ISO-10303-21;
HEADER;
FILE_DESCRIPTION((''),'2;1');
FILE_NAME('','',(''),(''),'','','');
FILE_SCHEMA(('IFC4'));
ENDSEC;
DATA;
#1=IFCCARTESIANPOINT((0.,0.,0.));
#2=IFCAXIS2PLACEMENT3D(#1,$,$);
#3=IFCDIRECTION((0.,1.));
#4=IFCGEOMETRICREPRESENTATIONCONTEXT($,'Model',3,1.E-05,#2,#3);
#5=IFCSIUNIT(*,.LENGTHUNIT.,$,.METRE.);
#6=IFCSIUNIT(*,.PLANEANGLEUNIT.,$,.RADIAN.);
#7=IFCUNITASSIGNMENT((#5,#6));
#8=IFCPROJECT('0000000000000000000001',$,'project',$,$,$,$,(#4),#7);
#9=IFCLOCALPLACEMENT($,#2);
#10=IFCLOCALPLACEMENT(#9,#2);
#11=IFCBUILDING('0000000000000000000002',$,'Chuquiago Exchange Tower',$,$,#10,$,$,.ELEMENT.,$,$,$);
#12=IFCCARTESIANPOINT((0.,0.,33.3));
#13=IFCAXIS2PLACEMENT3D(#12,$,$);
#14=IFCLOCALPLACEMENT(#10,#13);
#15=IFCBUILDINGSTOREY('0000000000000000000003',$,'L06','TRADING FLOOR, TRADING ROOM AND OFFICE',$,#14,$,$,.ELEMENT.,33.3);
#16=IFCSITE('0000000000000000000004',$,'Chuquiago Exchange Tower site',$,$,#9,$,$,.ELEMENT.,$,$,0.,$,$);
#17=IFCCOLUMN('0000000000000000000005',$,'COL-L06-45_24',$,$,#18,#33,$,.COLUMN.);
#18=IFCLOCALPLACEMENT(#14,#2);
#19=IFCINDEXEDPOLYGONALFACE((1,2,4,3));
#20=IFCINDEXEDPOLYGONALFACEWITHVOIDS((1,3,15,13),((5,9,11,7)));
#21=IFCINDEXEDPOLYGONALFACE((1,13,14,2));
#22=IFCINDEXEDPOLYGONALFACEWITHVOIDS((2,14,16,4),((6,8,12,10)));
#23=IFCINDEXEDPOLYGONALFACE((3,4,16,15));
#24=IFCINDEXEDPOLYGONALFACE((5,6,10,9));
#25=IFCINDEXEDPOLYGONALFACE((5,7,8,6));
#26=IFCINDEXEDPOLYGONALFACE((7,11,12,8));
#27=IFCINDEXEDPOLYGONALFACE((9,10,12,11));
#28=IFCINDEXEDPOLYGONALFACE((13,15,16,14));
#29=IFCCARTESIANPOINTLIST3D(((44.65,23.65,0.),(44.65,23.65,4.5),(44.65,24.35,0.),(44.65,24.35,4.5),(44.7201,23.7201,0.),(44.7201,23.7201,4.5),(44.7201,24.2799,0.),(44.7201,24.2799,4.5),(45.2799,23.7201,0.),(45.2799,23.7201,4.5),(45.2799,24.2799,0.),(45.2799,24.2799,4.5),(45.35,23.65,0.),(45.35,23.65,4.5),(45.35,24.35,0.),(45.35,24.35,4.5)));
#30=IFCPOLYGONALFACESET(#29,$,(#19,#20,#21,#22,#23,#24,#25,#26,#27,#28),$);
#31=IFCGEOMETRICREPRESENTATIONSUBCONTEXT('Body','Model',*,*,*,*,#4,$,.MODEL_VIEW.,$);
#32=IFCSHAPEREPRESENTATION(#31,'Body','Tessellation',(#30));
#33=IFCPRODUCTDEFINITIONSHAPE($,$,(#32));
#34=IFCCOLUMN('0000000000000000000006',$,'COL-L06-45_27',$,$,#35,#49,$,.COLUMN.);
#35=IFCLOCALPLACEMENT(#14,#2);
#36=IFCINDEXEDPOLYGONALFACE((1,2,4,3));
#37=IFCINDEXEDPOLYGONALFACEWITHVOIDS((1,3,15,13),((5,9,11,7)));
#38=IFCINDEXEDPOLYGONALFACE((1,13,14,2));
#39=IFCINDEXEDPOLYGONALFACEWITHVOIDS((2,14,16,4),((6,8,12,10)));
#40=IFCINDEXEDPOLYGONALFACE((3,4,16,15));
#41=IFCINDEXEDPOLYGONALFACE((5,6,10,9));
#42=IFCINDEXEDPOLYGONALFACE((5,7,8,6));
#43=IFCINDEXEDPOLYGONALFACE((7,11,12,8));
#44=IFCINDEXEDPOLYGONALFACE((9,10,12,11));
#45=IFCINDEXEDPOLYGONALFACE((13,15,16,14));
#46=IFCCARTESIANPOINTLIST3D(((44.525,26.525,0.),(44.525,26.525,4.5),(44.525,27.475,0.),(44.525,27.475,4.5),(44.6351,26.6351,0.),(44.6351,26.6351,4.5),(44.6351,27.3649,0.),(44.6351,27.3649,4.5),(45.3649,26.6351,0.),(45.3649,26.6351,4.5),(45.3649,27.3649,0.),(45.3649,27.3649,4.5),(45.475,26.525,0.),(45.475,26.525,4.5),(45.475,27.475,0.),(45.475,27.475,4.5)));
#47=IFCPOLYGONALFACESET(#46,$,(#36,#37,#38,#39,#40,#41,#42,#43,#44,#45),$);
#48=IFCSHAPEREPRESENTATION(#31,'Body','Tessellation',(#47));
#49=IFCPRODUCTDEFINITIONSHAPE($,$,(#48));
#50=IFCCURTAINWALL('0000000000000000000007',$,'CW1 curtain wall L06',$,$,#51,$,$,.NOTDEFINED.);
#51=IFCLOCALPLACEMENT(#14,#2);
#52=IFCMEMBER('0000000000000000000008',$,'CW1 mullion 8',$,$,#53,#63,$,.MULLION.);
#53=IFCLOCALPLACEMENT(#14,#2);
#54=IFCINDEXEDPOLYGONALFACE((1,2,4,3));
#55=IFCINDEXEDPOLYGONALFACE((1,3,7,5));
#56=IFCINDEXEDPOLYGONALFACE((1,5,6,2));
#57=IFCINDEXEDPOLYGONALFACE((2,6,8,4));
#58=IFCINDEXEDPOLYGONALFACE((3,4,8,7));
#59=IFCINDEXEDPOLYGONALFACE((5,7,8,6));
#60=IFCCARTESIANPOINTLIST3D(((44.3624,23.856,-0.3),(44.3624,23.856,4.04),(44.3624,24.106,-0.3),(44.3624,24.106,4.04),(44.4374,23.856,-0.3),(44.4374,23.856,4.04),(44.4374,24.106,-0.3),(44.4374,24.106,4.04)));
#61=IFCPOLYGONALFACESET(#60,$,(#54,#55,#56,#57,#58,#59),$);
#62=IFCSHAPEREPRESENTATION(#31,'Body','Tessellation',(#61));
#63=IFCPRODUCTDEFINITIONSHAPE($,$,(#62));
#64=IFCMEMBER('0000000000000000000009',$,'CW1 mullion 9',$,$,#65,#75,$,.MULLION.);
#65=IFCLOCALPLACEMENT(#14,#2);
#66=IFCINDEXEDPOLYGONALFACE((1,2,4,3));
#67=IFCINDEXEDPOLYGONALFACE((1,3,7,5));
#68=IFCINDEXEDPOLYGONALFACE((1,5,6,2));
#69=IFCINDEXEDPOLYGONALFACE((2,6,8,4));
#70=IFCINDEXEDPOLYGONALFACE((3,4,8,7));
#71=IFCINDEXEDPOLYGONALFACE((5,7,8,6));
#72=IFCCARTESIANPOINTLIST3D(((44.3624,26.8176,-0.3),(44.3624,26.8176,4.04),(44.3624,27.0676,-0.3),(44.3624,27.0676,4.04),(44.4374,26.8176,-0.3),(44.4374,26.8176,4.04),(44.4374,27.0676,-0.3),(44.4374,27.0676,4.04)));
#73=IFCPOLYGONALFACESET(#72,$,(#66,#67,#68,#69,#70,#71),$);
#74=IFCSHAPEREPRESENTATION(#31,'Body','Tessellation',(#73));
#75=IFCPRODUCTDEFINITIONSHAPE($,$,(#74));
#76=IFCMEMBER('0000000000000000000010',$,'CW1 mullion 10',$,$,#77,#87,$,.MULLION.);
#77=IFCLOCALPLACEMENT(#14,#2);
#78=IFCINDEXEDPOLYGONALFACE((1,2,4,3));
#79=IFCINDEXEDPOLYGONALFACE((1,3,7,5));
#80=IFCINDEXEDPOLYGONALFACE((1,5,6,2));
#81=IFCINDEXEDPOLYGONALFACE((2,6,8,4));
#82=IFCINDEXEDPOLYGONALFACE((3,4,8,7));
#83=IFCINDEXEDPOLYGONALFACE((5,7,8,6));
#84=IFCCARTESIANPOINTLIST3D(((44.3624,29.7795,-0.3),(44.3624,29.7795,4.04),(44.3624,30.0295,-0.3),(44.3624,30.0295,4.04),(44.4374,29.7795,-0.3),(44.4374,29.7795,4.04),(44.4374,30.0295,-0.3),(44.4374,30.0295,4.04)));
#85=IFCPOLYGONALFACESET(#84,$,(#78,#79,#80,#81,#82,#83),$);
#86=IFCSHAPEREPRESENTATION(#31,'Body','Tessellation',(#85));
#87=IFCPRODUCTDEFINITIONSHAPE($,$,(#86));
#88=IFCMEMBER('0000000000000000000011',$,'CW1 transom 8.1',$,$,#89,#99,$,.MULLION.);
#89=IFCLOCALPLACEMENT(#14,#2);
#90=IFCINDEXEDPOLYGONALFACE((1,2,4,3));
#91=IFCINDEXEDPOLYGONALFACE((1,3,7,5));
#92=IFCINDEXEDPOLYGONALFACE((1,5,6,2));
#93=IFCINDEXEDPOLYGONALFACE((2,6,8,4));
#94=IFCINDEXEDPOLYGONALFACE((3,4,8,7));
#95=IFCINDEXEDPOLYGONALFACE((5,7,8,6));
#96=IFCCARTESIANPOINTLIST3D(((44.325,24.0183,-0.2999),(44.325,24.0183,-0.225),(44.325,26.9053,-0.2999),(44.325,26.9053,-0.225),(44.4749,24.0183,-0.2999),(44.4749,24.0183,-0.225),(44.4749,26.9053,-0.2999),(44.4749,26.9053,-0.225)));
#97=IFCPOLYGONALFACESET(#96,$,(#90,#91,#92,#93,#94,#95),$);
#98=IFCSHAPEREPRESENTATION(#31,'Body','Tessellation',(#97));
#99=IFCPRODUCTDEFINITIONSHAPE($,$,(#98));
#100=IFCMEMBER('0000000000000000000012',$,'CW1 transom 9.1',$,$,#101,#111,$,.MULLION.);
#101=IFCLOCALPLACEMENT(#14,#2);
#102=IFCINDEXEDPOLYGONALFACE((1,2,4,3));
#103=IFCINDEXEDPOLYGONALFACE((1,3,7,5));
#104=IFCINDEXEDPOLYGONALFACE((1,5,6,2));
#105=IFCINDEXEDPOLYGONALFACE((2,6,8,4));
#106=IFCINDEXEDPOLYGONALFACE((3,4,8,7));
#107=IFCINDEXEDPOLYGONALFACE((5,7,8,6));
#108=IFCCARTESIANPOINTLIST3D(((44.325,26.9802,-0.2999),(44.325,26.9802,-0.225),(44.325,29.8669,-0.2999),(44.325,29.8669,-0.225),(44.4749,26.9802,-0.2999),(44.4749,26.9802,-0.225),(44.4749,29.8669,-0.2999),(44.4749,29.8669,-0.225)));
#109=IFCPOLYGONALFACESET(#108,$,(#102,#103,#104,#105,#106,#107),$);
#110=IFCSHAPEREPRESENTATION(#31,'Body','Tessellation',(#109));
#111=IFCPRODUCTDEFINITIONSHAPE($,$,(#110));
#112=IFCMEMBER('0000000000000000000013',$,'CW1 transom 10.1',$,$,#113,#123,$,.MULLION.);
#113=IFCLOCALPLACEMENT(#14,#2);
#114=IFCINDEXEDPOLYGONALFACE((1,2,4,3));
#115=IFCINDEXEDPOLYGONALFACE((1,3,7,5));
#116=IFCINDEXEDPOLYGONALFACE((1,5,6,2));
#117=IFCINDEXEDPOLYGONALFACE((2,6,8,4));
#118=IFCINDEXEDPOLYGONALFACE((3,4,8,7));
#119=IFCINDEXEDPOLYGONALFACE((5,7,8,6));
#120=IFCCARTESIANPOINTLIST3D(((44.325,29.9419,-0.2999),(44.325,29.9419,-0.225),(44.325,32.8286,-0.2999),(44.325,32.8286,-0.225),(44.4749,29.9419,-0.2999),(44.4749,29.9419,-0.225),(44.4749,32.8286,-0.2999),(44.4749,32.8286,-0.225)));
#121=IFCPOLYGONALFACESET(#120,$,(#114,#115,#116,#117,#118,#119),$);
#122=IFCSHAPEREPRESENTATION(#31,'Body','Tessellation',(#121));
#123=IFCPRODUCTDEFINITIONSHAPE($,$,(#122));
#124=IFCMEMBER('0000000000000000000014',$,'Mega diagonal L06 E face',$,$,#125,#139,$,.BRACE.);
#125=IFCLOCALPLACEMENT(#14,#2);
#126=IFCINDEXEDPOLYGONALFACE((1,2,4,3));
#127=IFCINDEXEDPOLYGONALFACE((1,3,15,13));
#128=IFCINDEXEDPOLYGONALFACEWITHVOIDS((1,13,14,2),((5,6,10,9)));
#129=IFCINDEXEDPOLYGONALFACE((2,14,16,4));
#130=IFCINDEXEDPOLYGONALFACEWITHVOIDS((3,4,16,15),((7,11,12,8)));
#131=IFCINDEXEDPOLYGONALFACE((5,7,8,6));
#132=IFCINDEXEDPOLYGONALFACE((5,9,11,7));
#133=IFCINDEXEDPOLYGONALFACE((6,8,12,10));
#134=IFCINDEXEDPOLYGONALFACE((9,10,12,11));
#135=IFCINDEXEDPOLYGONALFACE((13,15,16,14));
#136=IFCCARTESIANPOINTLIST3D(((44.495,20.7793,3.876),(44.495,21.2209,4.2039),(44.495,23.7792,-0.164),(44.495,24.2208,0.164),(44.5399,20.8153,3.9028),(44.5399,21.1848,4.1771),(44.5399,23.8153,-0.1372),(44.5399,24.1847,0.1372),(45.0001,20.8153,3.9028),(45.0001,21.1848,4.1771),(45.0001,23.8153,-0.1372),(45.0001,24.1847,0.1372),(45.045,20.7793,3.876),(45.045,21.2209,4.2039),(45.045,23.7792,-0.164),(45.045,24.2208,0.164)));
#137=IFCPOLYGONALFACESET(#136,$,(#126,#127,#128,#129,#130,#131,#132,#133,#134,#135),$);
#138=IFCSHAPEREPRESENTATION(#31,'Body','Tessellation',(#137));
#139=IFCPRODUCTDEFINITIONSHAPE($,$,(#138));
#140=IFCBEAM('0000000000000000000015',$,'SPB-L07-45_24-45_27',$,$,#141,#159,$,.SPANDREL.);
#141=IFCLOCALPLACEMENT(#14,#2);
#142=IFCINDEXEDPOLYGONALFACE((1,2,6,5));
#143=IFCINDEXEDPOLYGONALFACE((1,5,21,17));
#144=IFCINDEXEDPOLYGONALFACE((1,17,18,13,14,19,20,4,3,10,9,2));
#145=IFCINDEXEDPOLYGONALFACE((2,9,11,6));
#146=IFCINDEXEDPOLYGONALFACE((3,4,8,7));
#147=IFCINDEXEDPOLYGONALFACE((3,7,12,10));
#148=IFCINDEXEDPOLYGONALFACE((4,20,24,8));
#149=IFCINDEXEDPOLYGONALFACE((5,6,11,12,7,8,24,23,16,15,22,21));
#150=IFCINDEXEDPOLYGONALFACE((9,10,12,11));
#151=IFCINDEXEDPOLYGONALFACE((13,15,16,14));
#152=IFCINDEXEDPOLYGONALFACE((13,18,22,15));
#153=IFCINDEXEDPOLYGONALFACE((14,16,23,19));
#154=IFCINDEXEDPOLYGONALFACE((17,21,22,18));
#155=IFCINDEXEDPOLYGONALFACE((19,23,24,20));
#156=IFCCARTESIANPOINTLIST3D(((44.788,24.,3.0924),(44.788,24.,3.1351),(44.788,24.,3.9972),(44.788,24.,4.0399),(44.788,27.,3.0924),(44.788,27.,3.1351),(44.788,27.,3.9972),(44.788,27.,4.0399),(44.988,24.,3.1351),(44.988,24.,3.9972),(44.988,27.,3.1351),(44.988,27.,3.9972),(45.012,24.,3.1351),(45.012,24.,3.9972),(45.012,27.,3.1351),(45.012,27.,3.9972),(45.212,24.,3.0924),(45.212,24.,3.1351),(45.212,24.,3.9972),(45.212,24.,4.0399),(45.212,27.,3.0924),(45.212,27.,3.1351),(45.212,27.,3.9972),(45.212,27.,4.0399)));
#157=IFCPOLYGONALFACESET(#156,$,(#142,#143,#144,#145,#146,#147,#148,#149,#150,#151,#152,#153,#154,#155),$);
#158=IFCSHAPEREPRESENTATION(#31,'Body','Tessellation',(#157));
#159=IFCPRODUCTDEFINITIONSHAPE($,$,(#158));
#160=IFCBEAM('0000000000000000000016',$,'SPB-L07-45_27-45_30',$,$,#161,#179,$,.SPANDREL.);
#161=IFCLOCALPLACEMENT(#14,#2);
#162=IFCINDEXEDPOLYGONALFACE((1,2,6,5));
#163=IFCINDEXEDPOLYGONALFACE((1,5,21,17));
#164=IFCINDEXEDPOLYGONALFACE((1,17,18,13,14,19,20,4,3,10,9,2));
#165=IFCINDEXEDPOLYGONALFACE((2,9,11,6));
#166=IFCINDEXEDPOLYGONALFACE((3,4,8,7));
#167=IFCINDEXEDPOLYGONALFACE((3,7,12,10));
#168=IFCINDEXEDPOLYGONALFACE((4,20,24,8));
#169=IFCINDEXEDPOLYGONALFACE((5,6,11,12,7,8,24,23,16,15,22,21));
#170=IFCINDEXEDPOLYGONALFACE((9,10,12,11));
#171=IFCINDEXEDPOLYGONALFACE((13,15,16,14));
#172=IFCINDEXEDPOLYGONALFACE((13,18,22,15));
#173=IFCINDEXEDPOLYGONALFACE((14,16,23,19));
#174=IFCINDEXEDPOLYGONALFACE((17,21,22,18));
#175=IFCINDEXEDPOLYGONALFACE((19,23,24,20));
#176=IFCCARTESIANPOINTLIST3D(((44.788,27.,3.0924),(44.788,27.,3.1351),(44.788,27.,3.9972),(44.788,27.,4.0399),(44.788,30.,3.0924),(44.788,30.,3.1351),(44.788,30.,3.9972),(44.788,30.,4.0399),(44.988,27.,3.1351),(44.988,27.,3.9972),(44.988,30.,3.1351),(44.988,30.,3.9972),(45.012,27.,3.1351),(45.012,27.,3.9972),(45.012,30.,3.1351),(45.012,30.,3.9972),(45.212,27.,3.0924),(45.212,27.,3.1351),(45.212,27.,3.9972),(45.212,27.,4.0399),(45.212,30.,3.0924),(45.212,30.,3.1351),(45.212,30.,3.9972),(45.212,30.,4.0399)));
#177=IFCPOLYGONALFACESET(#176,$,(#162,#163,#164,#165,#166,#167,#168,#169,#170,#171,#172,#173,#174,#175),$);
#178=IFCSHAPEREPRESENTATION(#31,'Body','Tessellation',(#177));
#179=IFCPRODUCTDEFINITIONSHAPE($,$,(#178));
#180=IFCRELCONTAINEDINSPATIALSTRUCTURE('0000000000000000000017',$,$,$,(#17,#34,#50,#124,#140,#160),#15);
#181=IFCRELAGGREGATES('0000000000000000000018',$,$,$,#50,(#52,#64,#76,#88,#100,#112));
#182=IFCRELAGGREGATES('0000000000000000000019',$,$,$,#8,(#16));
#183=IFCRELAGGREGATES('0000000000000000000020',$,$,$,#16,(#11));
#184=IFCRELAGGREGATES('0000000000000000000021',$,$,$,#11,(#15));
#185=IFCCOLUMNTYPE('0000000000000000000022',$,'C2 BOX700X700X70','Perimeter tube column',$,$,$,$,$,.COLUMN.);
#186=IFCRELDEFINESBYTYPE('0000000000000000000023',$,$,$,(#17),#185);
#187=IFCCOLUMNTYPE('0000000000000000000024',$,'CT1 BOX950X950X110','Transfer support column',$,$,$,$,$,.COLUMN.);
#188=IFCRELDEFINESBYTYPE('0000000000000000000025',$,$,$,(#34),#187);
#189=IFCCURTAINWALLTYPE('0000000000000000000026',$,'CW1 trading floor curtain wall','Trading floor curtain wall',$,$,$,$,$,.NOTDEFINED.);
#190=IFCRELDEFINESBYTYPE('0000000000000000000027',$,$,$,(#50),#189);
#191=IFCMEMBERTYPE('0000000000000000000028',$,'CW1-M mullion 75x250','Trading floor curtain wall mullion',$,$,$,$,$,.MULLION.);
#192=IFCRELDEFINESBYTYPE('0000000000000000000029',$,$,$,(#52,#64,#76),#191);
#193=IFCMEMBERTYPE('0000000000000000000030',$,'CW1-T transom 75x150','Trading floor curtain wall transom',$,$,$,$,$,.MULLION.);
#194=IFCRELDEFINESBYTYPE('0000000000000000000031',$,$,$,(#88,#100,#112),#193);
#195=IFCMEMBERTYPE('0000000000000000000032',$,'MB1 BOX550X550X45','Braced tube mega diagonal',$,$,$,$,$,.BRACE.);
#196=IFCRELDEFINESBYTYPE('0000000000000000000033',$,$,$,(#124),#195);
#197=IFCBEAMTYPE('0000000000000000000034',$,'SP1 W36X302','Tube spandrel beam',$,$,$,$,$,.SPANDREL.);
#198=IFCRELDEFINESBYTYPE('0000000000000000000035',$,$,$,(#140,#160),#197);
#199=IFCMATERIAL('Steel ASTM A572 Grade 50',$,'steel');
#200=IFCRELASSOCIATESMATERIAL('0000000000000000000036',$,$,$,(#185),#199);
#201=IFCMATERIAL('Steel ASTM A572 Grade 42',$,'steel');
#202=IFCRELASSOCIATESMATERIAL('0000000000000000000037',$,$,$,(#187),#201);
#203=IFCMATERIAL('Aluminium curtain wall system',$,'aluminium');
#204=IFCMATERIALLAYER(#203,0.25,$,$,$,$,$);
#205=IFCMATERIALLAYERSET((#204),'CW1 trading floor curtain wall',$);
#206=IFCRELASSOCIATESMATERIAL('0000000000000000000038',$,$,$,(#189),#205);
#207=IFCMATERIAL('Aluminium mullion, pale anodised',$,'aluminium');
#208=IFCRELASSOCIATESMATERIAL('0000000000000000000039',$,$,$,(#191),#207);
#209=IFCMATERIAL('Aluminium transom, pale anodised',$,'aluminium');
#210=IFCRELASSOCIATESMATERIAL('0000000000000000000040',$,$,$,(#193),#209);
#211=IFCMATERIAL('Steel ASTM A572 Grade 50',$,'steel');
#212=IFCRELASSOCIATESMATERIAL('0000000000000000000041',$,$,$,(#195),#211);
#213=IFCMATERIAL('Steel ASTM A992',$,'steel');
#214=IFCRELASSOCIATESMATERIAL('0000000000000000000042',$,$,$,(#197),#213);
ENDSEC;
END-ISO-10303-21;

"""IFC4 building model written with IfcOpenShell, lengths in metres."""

from ifc_helpers import new_model, si_unit, direction, frame, origin, origin_2d, place, context, subcontext, project, spatial, rectangle, hollow_rectangle, i_section, extrude, material, layer, layer_set, material_profile, profile_set, type_object, element, aggregate, save


model = new_model("IFC4")

# Units and contexts
model_context = context("Model", 3, precision=1e-05, world=origin(), true_north=direction((0.0, 1.0)))
body_context = subcontext(model_context, "Body", "Model", "MODEL_VIEW")
ifc_project = project(units=[si_unit("LENGTHUNIT", "METRE"), si_unit("PLANEANGLEUNIT", "RADIAN")], contexts=[model_context])

# Site, building, storey
site_placement = place(None, origin())
site = spatial("IfcSite", under=ifc_project, at=site_placement, Name="Chuquiago Exchange Tower site", CompositionType="ELEMENT", RefElevation=0.0)
building_placement = place(site_placement, origin())
building = spatial("IfcBuilding", under=site, at=building_placement, Name="Chuquiago Exchange Tower", CompositionType="ELEMENT")
storey_placement = place(building_placement, frame((0.0, 0.0, 33.3)))
storey = spatial("IfcBuildingStorey", under=building, at=storey_placement, Name="L06", Description="TRADING FLOOR, TRADING ROOM AND OFFICE", CompositionType="ELEMENT", Elevation=33.3)

# Columns
ifc_material_1 = material(Name="Steel ASTM A572 Grade 50", Category="steel")
ifc_material_profile_1 = material_profile(ifc_material_1, hollow_rectangle(XDim=0.7, YDim=0.7, WallThickness=0.0701, at=origin_2d()), Name="BOX700X700X70")
ifc_profile_set_1 = profile_set([ifc_material_profile_1], Name="Steel ASTM A572 Grade 50")
column_type_1 = type_object("IfcColumnType", Name="C2 BOX700X700X70", Description="Perimeter tube column", PredefinedType="COLUMN", material=ifc_profile_set_1)
column_1_placement = place(storey_placement, frame((45.0, 24.0, 0.0), z_axis=(0.0, 0.0, 1.0), x_axis=(1.0, 0.0, 0.0)))
element("IfcColumn", 1, at=column_1_placement, inside=storey, type_object=column_type_1, Name="COL-L06-45_24", PredefinedType="COLUMN", context=body_context, shape_type="SweptSolid", body=[
    extrude(hollow_rectangle(XDim=0.7, YDim=0.7, WallThickness=0.0701, at=origin_2d()), origin(), (0.0, 0.0, 1.0), 4.5),
])
ifc_material_2 = material(Name="Steel ASTM A572 Grade 42", Category="steel")
ifc_material_profile_2 = material_profile(ifc_material_2, hollow_rectangle(XDim=0.95, YDim=0.95, WallThickness=0.1101, at=origin_2d()), Name="BOX950X950X110")
ifc_profile_set_2 = profile_set([ifc_material_profile_2], Name="Steel ASTM A572 Grade 42")
column_type_2 = type_object("IfcColumnType", Name="CT1 BOX950X950X110", Description="Transfer support column", PredefinedType="COLUMN", material=ifc_profile_set_2)
column_2_placement = place(storey_placement, frame((45.0, 27.0, 0.0), z_axis=(0.0, 0.0, 1.0), x_axis=(1.0, 0.0, 0.0)))
element("IfcColumn", 2, at=column_2_placement, inside=storey, type_object=column_type_2, Name="COL-L06-45_27", PredefinedType="COLUMN", context=body_context, shape_type="SweptSolid", body=[
    extrude(hollow_rectangle(XDim=0.95, YDim=0.95, WallThickness=0.1101, at=origin_2d()), origin(), (0.0, 0.0, 1.0), 4.5),
])

# Curtain wall, members
ifc_material_3 = material(Name="Aluminium curtain wall system", Category="aluminium")
ifc_layer_1 = layer(ifc_material_3, 0.25)
ifc_layer_set_1 = layer_set([ifc_layer_1], Name="CW1 trading floor curtain wall")
curtain_wall_type = type_object("IfcCurtainWallType", Name="CW1 trading floor curtain wall", Description="Trading floor curtain wall", PredefinedType="NOTDEFINED", material=ifc_layer_set_1)
curtain_wall_placement = place(storey_placement, origin())
curtain_wall = element("IfcCurtainWall", 3, at=curtain_wall_placement, inside=storey, type_object=curtain_wall_type, Name="CW1 curtain wall L06", PredefinedType="NOTDEFINED")
ifc_material_4 = material(Name="Aluminium mullion, pale anodised", Category="aluminium")
ifc_material_profile_3 = material_profile(ifc_material_4, rectangle(XDim=0.075, YDim=0.25, at=origin_2d()), Name="AL 75x250")
ifc_profile_set_3 = profile_set([ifc_material_profile_3], Name="Aluminium mullion, pale anodised")
member_type_1 = type_object("IfcMemberType", Name="CW1-M mullion 75x250", Description="Trading floor curtain wall mullion", PredefinedType="MULLION", material=ifc_profile_set_3)
member_1_placement = place(storey_placement, frame((44.3999, 23.981, -0.3), z_axis=(0.0, 0.0, 1.0), x_axis=(-1.0, 0.0, 0.0)))
member_1 = element("IfcMember", 4, at=member_1_placement, type_object=member_type_1, Name="CW1 mullion 8", PredefinedType="MULLION", context=body_context, shape_type="SweptSolid", body=[
    extrude(rectangle(XDim=0.075, YDim=0.25, at=origin_2d()), origin(), (0.0, 0.0, 1.0), 4.3401),
])
member_2_placement = place(storey_placement, frame((44.3999, 26.9426, -0.3), z_axis=(0.0, 0.0, 1.0), x_axis=(-1.0, 0.0, 0.0)))
member_2 = element("IfcMember", 5, at=member_2_placement, type_object=member_type_1, Name="CW1 mullion 9", PredefinedType="MULLION", context=body_context, shape_type="SweptSolid", body=[
    extrude(rectangle(XDim=0.075, YDim=0.25, at=origin_2d()), origin(), (0.0, 0.0, 1.0), 4.3401),
])
member_3_placement = place(storey_placement, frame((44.3999, 29.9045, -0.3), z_axis=(0.0, 0.0, 1.0), x_axis=(-1.0, 0.0, 0.0)))
member_3 = element("IfcMember", 6, at=member_3_placement, type_object=member_type_1, Name="CW1 mullion 10", PredefinedType="MULLION", context=body_context, shape_type="SweptSolid", body=[
    extrude(rectangle(XDim=0.075, YDim=0.25, at=origin_2d()), origin(), (0.0, 0.0, 1.0), 4.3401),
])
ifc_material_5 = material(Name="Aluminium transom, pale anodised", Category="aluminium")
ifc_material_profile_4 = material_profile(ifc_material_5, rectangle(XDim=0.1499, YDim=0.075, at=origin_2d()), Name="AL 150x75")
ifc_profile_set_4 = profile_set([ifc_material_profile_4], Name="Aluminium transom, pale anodised")
member_type_2 = type_object("IfcMemberType", Name="CW1-T transom 75x150", Description="Trading floor curtain wall transom", PredefinedType="MULLION", material=ifc_profile_set_4)
member_4_placement = place(storey_placement, frame((44.3999, 24.0183, -0.2625), z_axis=(0.0, 1.0, 0.0), x_axis=(-1.0, 0.0, 0.0)))
member_4 = element("IfcMember", 7, at=member_4_placement, type_object=member_type_2, Name="CW1 transom 8.1", PredefinedType="MULLION", context=body_context, shape_type="SweptSolid", body=[
    extrude(rectangle(XDim=0.1499, YDim=0.075, at=origin_2d()), origin(), (0.0, 0.0, 1.0), 2.887),
])
member_5_placement = place(storey_placement, frame((44.3999, 26.9802, -0.2625), z_axis=(0.0, 1.0, 0.0), x_axis=(-1.0, 0.0, 0.0)))
member_5 = element("IfcMember", 8, at=member_5_placement, type_object=member_type_2, Name="CW1 transom 9.1", PredefinedType="MULLION", context=body_context, shape_type="SweptSolid", body=[
    extrude(rectangle(XDim=0.1499, YDim=0.075, at=origin_2d()), origin(), (0.0, 0.0, 1.0), 2.8867),
])
member_6_placement = place(storey_placement, frame((44.3999, 29.9419, -0.2625), z_axis=(0.0, 1.0, 0.0), x_axis=(-1.0, 0.0, 0.0)))
member_6 = element("IfcMember", 9, at=member_6_placement, type_object=member_type_2, Name="CW1 transom 10.1", PredefinedType="MULLION", context=body_context, shape_type="SweptSolid", body=[
    extrude(rectangle(XDim=0.1499, YDim=0.075, at=origin_2d()), origin(), (0.0, 0.0, 1.0), 2.8867),
])

# Member
ifc_material_6 = material(Name="Steel ASTM A572 Grade 50", Category="steel")
ifc_material_profile_5 = material_profile(ifc_material_6, hollow_rectangle(XDim=0.55, YDim=0.55, WallThickness=0.0449, at=origin_2d()), Name="BOX550X550X45")
ifc_profile_set_5 = profile_set([ifc_material_profile_5], Name="Steel ASTM A572 Grade 50")
member_type_3 = type_object("IfcMemberType", Name="MB1 BOX550X550X45", Description="Braced tube mega diagonal", PredefinedType="BRACE", material=ifc_profile_set_5)
member_7_placement = place(storey_placement, frame((44.77, 24.0, 0.0), z_axis=(0.0, -0.596174, 0.802855), x_axis=(1.0, 0.0, 0.0)))
element("IfcMember", 10, at=member_7_placement, inside=storey, type_object=member_type_3, Name="Mega diagonal L06 E face", PredefinedType="BRACE", context=body_context, shape_type="SweptSolid", body=[
    extrude(hollow_rectangle(XDim=0.55, YDim=0.55, WallThickness=0.0449, at=origin_2d()), origin(), (0.0, 0.0, 1.0), 5.032),
])

# Beams
ifc_material_7 = material(Name="Steel ASTM A992", Category="steel")
ifc_material_profile_6 = material_profile(ifc_material_7, i_section(OverallWidth=0.4241, OverallDepth=0.9475, WebThickness=0.0239, FlangeThickness=0.0427, at=origin_2d()), Name="W36X302")
ifc_profile_set_6 = profile_set([ifc_material_profile_6], Name="Steel ASTM A992")
beam_type = type_object("IfcBeamType", Name="SP1 W36X302", Description="Tube spandrel beam", PredefinedType="SPANDREL", material=ifc_profile_set_6)
for number, where, z_axis, x_axis, name in (
    (11, (45.0, 24.0, 3.5662), (0.0, 1.0, 0.0), (-1.0, 0.0, 0.0), "SPB-L07-45_24-45_27"),
    (12, (45.0, 27.0, 3.5662), (0.0, 1.0, 0.0), (-1.0, 0.0, 0.0), "SPB-L07-45_27-45_30"),
):
    element("IfcBeam", number, at=place(storey_placement, frame(where, z_axis=z_axis, x_axis=x_axis)), inside=storey, type_object=beam_type, Name=name, PredefinedType="SPANDREL", context=body_context, shape_type="SweptSolid", body=[
        extrude(i_section(OverallWidth=0.4241, OverallDepth=0.9475, WebThickness=0.0239, FlangeThickness=0.0427, at=origin_2d()), origin(), (0.0, 0.0, 1.0), 3.0),
    ])

aggregate(curtain_wall, [member_1, member_2, member_3, member_4, member_5, member_6])

save(model, "model.ifc")
